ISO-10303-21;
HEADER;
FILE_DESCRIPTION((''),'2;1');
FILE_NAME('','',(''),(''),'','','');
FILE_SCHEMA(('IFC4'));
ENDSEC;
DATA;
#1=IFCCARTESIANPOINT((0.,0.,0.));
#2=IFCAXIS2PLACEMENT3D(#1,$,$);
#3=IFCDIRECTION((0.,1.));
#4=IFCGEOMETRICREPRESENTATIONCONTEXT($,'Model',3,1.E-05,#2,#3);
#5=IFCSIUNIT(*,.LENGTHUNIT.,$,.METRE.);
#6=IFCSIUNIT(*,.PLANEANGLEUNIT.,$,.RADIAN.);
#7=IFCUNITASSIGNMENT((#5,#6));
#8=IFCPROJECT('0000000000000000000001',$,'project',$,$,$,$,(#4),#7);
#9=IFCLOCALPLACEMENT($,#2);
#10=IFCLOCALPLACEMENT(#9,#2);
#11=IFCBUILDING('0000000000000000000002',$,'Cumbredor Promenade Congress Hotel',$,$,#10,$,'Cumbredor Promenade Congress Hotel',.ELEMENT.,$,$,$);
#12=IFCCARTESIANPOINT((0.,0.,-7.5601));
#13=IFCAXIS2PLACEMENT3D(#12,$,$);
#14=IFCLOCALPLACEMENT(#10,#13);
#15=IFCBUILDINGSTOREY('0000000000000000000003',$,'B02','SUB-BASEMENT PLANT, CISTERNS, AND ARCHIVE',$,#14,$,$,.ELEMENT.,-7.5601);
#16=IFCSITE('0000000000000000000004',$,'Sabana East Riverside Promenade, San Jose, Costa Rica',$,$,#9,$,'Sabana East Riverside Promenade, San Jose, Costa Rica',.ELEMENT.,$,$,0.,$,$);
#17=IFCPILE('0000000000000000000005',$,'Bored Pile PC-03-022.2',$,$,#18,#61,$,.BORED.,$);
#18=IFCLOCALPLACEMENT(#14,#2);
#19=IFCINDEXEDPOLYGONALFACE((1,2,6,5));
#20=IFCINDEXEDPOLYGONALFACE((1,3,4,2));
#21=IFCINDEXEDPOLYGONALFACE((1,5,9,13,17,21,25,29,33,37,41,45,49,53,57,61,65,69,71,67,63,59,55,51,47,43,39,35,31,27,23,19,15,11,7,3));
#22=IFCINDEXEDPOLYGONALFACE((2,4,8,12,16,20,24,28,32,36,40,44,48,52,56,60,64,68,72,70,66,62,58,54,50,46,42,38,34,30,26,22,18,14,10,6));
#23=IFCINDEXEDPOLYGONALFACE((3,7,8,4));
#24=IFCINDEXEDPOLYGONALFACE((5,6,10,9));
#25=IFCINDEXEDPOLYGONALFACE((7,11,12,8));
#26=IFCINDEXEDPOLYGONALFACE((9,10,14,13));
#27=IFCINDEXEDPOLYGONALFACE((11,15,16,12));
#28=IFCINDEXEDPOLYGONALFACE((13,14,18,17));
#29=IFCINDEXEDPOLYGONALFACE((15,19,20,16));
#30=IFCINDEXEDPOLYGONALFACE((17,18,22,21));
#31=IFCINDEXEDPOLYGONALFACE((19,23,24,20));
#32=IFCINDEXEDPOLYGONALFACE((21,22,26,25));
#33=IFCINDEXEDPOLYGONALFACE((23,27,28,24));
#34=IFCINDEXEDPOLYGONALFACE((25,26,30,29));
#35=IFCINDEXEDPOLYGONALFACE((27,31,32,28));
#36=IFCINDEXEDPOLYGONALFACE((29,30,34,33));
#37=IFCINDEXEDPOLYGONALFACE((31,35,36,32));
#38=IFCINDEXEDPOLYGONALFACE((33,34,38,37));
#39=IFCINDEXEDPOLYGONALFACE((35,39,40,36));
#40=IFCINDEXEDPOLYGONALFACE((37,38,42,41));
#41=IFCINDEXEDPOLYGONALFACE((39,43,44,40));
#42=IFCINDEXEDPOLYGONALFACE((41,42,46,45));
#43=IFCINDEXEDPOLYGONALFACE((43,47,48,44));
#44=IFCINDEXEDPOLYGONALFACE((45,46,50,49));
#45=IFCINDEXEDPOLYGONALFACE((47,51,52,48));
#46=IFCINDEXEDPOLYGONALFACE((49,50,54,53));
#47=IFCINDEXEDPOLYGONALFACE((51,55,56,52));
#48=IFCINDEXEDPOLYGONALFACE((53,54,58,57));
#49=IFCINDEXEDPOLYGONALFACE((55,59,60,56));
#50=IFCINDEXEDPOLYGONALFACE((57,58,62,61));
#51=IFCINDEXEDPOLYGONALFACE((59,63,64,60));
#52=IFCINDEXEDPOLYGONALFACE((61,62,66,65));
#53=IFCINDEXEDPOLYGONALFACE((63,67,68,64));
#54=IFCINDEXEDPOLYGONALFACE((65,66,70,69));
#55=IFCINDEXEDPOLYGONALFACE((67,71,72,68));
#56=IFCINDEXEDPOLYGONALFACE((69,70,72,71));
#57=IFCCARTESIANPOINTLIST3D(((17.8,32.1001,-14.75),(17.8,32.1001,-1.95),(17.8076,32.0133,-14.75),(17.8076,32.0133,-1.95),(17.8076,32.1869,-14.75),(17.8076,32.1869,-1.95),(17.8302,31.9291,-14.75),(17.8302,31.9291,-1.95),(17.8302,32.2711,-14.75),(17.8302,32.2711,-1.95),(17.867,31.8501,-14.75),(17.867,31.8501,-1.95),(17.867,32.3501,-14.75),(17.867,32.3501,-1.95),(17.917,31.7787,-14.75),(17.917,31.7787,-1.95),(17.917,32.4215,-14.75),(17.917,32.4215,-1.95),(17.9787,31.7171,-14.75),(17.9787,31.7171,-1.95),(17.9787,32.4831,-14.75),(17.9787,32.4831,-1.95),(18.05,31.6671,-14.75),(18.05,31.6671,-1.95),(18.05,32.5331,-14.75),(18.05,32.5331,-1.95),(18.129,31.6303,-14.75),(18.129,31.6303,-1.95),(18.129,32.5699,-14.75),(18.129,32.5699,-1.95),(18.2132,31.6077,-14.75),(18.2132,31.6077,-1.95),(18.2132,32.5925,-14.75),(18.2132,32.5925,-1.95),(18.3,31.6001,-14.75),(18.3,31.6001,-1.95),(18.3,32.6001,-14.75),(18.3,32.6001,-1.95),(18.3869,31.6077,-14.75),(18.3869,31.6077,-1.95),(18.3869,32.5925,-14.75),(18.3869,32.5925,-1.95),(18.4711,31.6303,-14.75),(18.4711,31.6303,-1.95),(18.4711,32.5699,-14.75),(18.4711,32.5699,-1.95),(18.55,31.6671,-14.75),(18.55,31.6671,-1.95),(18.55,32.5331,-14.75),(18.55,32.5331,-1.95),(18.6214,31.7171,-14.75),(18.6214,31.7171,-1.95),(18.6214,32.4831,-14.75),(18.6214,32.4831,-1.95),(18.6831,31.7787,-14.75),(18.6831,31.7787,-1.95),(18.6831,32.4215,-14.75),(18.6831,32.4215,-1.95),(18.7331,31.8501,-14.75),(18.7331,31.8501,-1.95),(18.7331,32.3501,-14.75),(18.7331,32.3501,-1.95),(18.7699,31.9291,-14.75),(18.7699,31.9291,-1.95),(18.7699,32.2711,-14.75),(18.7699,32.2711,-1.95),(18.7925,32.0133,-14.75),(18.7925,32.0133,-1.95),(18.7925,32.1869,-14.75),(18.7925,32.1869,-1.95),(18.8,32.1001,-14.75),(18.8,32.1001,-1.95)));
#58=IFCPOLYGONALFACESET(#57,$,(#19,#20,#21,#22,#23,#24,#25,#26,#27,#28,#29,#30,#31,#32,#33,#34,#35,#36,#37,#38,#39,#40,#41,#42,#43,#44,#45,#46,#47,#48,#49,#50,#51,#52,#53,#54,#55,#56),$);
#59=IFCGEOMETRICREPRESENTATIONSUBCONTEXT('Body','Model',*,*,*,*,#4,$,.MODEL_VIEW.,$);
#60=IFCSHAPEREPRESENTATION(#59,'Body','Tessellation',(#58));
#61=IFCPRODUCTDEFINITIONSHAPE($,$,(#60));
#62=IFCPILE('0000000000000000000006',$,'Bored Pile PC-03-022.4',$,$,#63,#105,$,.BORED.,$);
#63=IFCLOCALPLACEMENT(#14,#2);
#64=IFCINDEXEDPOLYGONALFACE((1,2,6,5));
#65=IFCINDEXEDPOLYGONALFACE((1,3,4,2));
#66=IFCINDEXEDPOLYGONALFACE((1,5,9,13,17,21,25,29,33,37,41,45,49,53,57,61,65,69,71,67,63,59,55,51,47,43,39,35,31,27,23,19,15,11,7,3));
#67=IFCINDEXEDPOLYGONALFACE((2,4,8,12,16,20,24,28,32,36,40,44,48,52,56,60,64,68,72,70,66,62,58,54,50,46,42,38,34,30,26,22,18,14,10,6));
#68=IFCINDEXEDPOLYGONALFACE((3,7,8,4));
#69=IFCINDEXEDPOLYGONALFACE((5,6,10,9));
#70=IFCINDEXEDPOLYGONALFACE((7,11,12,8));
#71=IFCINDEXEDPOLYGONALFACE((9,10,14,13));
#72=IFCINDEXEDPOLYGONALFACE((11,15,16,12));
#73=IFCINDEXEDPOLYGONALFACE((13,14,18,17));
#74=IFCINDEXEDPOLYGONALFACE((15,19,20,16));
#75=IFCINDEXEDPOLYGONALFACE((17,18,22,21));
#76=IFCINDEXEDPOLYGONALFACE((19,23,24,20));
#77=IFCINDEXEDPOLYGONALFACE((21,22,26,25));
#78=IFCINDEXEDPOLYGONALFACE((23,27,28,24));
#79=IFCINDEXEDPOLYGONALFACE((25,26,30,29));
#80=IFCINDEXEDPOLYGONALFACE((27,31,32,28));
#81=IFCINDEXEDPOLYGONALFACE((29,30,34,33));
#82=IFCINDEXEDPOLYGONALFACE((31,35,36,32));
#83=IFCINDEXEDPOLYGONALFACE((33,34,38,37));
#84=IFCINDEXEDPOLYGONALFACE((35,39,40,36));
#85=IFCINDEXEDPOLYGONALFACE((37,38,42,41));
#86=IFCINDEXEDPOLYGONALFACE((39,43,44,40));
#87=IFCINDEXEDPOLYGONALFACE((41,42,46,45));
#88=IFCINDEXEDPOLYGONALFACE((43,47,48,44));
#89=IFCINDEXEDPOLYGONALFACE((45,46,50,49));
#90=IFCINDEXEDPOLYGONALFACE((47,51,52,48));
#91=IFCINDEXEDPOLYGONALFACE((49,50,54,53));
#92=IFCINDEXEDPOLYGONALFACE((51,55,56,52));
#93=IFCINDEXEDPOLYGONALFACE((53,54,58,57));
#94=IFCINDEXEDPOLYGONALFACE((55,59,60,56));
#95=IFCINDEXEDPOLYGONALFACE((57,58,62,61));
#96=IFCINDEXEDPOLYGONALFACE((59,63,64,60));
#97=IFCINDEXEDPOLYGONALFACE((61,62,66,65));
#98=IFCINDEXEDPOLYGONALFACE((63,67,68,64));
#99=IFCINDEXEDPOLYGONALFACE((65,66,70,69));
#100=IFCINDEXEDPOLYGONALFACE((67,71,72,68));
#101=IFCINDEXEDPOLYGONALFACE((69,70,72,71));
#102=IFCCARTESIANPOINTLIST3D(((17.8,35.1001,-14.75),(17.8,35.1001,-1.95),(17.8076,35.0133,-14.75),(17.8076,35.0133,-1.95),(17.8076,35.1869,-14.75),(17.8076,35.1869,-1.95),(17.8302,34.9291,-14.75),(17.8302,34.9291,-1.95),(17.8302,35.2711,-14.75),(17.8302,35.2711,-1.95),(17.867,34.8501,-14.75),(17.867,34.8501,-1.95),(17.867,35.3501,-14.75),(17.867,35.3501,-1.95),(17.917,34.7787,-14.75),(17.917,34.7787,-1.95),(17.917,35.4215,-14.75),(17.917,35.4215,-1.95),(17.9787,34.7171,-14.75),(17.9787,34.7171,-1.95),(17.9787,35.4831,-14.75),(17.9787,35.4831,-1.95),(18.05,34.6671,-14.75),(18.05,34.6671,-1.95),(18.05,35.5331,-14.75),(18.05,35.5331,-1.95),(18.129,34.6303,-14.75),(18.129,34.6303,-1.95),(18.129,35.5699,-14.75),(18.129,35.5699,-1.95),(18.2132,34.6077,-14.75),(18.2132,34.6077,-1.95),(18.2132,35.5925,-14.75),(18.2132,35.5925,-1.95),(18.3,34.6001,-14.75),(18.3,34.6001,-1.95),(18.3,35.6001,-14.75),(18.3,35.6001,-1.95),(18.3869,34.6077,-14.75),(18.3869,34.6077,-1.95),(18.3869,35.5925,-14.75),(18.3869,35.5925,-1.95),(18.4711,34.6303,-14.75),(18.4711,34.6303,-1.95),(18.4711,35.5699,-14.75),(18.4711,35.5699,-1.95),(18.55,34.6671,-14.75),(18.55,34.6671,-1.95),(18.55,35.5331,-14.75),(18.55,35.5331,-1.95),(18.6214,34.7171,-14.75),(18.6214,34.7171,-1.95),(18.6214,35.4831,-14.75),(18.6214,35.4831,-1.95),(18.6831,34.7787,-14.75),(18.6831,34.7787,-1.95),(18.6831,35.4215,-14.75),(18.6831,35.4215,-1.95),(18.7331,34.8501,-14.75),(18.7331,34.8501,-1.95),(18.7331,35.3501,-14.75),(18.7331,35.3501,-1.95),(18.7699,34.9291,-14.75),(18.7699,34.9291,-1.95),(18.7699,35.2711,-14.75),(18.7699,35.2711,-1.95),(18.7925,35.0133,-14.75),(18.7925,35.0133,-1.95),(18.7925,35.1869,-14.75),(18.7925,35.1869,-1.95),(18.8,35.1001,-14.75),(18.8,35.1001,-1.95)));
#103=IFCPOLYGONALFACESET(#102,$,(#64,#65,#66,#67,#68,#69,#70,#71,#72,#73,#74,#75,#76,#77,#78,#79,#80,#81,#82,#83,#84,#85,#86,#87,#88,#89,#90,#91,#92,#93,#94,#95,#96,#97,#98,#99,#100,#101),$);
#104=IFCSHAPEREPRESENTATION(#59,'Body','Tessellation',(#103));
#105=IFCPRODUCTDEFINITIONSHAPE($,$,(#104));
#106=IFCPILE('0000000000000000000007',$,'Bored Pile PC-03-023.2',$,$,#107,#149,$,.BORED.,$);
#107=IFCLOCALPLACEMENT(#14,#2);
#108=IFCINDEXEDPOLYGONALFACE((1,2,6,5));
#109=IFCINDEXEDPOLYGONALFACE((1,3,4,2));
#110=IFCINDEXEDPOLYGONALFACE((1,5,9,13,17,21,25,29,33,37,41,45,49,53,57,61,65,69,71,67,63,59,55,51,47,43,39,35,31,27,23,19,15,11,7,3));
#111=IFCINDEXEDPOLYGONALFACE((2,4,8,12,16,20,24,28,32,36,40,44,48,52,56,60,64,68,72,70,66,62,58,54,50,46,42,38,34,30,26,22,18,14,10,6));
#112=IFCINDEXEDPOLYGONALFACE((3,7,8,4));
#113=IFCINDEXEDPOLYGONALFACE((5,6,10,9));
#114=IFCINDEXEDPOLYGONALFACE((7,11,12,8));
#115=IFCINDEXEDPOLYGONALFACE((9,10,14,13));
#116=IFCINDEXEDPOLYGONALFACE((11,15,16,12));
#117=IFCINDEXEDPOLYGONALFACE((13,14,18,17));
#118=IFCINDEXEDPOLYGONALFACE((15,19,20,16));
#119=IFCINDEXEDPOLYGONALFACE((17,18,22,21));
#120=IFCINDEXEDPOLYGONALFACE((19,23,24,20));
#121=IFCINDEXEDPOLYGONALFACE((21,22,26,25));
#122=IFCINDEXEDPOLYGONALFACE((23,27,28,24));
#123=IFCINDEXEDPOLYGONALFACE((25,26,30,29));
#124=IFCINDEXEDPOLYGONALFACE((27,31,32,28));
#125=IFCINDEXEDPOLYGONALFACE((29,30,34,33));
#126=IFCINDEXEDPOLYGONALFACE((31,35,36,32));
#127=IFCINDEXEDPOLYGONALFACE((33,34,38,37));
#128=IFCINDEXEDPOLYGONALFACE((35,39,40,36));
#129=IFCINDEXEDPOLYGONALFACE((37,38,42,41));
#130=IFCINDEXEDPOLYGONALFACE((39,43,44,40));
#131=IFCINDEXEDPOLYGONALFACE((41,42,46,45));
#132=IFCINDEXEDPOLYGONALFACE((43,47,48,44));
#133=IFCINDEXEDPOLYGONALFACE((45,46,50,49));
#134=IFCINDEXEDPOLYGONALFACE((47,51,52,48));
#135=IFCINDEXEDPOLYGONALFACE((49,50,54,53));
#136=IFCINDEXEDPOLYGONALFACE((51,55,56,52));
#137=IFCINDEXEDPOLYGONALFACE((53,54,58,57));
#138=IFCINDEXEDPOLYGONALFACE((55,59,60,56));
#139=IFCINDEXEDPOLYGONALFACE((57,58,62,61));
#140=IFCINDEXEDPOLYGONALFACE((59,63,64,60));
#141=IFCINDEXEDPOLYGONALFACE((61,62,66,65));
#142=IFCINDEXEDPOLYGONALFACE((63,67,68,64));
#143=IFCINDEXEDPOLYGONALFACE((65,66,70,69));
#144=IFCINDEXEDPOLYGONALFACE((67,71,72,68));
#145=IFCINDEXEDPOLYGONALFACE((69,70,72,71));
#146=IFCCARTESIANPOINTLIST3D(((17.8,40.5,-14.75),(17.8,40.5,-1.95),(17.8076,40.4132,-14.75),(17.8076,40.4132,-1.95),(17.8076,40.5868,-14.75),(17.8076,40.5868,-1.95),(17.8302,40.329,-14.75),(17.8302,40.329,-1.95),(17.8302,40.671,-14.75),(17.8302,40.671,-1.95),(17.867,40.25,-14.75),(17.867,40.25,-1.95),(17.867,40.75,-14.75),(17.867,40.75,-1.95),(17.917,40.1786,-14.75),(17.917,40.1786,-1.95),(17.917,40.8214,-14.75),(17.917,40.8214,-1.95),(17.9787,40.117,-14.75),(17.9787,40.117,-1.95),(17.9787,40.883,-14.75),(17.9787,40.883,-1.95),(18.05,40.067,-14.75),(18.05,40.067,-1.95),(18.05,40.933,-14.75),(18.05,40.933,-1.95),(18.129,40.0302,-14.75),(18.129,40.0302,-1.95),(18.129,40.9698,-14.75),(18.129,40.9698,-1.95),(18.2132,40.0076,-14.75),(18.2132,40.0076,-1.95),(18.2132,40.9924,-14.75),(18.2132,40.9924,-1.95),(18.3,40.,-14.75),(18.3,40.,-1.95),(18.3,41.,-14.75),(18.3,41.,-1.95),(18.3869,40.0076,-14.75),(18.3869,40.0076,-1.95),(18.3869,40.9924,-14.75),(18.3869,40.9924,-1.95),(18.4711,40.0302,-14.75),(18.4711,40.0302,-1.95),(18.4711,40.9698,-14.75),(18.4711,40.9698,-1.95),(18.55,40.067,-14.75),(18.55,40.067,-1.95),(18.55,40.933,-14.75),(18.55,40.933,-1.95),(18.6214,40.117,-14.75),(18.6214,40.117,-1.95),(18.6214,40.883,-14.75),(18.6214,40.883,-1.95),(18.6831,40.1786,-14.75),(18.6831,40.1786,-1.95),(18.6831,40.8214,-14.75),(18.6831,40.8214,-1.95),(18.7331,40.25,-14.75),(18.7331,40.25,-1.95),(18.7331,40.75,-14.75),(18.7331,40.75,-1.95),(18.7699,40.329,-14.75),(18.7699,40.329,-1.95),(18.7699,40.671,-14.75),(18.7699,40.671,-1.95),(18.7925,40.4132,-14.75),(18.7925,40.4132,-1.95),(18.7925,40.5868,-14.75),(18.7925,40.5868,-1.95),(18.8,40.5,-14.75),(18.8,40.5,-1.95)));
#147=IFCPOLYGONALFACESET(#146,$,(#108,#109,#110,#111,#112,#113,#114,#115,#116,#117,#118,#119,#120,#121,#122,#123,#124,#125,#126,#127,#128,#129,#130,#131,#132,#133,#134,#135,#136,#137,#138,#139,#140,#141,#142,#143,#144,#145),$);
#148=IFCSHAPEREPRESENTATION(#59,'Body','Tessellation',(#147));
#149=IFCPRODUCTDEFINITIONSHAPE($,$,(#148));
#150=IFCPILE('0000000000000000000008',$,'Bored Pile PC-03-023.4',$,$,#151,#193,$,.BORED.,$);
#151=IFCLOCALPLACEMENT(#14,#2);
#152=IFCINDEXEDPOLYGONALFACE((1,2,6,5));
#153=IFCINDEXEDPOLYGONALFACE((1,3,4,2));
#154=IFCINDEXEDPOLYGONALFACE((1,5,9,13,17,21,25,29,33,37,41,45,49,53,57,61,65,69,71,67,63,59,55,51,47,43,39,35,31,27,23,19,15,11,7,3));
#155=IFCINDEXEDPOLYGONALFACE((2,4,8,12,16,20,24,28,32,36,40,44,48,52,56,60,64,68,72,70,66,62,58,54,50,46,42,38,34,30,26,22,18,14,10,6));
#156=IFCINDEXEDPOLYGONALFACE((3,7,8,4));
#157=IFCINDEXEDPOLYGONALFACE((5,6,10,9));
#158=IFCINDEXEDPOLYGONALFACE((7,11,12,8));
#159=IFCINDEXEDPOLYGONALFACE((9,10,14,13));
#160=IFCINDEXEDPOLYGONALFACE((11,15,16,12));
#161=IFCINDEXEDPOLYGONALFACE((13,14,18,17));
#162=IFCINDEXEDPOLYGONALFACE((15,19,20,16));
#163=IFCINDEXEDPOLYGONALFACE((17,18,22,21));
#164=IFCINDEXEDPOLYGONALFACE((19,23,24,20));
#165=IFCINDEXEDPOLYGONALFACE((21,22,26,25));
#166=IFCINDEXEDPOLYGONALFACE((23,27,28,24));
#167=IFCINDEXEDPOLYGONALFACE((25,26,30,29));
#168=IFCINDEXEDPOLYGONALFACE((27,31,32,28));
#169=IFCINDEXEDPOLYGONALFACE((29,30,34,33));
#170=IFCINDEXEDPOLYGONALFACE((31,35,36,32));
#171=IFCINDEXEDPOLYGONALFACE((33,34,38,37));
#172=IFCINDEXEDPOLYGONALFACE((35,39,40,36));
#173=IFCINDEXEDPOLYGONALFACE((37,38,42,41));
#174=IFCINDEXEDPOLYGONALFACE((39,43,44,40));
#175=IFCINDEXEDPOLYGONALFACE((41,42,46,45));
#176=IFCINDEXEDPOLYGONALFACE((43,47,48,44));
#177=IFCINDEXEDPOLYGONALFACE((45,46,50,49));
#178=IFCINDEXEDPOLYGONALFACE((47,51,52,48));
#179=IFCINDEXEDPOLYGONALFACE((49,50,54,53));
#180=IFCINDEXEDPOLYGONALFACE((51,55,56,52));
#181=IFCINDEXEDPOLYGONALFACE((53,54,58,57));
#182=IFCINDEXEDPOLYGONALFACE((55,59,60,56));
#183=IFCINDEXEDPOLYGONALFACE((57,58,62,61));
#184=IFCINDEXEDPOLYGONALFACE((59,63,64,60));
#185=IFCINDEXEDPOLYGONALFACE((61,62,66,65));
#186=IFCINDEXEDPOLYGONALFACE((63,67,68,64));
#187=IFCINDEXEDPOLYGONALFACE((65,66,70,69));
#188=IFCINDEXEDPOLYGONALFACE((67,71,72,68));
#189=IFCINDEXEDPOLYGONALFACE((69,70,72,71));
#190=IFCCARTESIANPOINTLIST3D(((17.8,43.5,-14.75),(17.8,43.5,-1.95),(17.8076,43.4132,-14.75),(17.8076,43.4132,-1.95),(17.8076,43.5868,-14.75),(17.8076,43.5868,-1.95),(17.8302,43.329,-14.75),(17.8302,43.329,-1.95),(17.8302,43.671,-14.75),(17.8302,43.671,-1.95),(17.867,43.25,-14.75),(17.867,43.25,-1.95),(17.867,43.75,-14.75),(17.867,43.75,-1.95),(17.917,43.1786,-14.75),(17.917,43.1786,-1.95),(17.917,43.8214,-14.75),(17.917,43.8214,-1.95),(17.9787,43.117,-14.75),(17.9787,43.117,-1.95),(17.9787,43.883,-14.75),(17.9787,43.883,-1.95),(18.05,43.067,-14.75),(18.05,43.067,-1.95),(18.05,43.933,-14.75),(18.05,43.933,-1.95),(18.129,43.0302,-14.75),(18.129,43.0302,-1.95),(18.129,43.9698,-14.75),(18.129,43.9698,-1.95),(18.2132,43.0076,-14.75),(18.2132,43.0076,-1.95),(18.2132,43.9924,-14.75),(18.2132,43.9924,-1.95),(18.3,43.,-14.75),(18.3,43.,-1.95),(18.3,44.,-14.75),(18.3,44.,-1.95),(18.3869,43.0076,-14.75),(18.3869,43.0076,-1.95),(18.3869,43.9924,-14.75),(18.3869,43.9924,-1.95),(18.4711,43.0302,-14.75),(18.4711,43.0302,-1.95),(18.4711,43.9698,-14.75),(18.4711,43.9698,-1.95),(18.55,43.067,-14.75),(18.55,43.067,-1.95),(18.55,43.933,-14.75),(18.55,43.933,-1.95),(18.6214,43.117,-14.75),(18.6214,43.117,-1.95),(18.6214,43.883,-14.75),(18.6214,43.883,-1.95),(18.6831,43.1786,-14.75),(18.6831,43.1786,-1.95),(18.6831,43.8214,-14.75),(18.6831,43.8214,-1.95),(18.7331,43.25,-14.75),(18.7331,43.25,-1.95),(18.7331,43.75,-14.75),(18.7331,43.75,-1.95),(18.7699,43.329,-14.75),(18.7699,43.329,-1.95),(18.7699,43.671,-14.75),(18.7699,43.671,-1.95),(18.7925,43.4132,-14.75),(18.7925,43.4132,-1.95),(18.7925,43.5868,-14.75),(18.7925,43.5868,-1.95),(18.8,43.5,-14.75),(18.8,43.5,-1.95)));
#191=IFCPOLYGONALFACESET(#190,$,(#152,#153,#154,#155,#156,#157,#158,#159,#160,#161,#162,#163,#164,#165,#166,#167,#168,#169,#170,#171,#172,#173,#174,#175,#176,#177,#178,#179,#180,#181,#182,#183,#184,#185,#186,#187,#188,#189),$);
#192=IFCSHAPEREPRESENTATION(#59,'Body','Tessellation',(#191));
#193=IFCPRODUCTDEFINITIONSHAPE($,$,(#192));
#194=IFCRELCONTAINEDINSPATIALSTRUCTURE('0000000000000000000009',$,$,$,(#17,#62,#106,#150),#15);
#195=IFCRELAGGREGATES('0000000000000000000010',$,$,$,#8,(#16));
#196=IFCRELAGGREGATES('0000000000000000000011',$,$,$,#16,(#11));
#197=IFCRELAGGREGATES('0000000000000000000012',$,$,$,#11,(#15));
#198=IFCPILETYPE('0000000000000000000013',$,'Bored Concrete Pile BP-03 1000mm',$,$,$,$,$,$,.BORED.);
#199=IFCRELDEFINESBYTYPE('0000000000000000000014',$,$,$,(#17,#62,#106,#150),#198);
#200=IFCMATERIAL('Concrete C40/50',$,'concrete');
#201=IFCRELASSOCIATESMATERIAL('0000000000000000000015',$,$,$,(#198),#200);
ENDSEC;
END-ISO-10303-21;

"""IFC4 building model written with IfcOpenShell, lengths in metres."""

from ifc_helpers import new_model, si_unit, direction, frame, origin, origin_2d, place, context, subcontext, project, spatial, circle, extrude, material, material_profile, profile_set, type_object, element, save


model = new_model("IFC4")

# Units and contexts
model_context = context("Model", 3, precision=1e-05, world=origin(), true_north=direction((0.0, 1.0)))
body_context = subcontext(model_context, "Body", "Model", "MODEL_VIEW")
ifc_project = project(units=[si_unit("LENGTHUNIT", "METRE"), si_unit("PLANEANGLEUNIT", "RADIAN")], contexts=[model_context])

# Site, building, storey
site_placement = place(None, origin())
site = spatial("IfcSite", under=ifc_project, at=site_placement, Name="Sabana East Riverside Promenade, San Jose, Costa Rica", LongName="Sabana East Riverside Promenade, San Jose, Costa Rica", CompositionType="ELEMENT", RefElevation=0.0)
building_placement = place(site_placement, origin())
building = spatial("IfcBuilding", under=site, at=building_placement, Name="Cumbredor Promenade Congress Hotel", LongName="Cumbredor Promenade Congress Hotel", CompositionType="ELEMENT")
storey_placement = place(building_placement, frame((0.0, 0.0, -7.5601)))
storey = spatial("IfcBuildingStorey", under=building, at=storey_placement, Name="B02", Description="SUB-BASEMENT PLANT, CISTERNS, AND ARCHIVE", CompositionType="ELEMENT", Elevation=-7.5601)

# Piles
ifc_material_1 = material(Name="Concrete C40/50", Category="concrete")
ifc_material_profile_1 = material_profile(ifc_material_1, circle(Radius=0.5, at=origin_2d()), Name="PILE D1000")
ifc_profile_set_1 = profile_set([ifc_material_profile_1], Name="Concrete C40/50")
pile_type = type_object("IfcPileType", Name="Bored Concrete Pile BP-03 1000mm", PredefinedType="BORED", material=ifc_profile_set_1)
for number, where, z_axis, x_axis, name in (
    (1, (18.3, 32.1001, -1.95), (0.0, 0.0, -1.0), (1.0, 0.0, 0.0), "Bored Pile PC-03-022.2"),
    (2, (18.3, 35.1001, -1.95), (0.0, 0.0, -1.0), (1.0, 0.0, 0.0), "Bored Pile PC-03-022.4"),
    (3, (18.3, 40.5, -1.95), (0.0, 0.0, -1.0), (1.0, 0.0, 0.0), "Bored Pile PC-03-023.2"),
    (4, (18.3, 43.5, -1.95), (0.0, 0.0, -1.0), (1.0, 0.0, 0.0), "Bored Pile PC-03-023.4"),
):
    element("IfcPile", number, at=place(storey_placement, frame(where, z_axis=z_axis, x_axis=x_axis)), inside=storey, type_object=pile_type, Name=name, PredefinedType="BORED", context=body_context, shape_type="SweptSolid", body=[
        extrude(circle(Radius=0.5, at=origin_2d()), origin(), (0.0, 0.0, 1.0), 12.8),
    ])

save(model, "model.ifc")
